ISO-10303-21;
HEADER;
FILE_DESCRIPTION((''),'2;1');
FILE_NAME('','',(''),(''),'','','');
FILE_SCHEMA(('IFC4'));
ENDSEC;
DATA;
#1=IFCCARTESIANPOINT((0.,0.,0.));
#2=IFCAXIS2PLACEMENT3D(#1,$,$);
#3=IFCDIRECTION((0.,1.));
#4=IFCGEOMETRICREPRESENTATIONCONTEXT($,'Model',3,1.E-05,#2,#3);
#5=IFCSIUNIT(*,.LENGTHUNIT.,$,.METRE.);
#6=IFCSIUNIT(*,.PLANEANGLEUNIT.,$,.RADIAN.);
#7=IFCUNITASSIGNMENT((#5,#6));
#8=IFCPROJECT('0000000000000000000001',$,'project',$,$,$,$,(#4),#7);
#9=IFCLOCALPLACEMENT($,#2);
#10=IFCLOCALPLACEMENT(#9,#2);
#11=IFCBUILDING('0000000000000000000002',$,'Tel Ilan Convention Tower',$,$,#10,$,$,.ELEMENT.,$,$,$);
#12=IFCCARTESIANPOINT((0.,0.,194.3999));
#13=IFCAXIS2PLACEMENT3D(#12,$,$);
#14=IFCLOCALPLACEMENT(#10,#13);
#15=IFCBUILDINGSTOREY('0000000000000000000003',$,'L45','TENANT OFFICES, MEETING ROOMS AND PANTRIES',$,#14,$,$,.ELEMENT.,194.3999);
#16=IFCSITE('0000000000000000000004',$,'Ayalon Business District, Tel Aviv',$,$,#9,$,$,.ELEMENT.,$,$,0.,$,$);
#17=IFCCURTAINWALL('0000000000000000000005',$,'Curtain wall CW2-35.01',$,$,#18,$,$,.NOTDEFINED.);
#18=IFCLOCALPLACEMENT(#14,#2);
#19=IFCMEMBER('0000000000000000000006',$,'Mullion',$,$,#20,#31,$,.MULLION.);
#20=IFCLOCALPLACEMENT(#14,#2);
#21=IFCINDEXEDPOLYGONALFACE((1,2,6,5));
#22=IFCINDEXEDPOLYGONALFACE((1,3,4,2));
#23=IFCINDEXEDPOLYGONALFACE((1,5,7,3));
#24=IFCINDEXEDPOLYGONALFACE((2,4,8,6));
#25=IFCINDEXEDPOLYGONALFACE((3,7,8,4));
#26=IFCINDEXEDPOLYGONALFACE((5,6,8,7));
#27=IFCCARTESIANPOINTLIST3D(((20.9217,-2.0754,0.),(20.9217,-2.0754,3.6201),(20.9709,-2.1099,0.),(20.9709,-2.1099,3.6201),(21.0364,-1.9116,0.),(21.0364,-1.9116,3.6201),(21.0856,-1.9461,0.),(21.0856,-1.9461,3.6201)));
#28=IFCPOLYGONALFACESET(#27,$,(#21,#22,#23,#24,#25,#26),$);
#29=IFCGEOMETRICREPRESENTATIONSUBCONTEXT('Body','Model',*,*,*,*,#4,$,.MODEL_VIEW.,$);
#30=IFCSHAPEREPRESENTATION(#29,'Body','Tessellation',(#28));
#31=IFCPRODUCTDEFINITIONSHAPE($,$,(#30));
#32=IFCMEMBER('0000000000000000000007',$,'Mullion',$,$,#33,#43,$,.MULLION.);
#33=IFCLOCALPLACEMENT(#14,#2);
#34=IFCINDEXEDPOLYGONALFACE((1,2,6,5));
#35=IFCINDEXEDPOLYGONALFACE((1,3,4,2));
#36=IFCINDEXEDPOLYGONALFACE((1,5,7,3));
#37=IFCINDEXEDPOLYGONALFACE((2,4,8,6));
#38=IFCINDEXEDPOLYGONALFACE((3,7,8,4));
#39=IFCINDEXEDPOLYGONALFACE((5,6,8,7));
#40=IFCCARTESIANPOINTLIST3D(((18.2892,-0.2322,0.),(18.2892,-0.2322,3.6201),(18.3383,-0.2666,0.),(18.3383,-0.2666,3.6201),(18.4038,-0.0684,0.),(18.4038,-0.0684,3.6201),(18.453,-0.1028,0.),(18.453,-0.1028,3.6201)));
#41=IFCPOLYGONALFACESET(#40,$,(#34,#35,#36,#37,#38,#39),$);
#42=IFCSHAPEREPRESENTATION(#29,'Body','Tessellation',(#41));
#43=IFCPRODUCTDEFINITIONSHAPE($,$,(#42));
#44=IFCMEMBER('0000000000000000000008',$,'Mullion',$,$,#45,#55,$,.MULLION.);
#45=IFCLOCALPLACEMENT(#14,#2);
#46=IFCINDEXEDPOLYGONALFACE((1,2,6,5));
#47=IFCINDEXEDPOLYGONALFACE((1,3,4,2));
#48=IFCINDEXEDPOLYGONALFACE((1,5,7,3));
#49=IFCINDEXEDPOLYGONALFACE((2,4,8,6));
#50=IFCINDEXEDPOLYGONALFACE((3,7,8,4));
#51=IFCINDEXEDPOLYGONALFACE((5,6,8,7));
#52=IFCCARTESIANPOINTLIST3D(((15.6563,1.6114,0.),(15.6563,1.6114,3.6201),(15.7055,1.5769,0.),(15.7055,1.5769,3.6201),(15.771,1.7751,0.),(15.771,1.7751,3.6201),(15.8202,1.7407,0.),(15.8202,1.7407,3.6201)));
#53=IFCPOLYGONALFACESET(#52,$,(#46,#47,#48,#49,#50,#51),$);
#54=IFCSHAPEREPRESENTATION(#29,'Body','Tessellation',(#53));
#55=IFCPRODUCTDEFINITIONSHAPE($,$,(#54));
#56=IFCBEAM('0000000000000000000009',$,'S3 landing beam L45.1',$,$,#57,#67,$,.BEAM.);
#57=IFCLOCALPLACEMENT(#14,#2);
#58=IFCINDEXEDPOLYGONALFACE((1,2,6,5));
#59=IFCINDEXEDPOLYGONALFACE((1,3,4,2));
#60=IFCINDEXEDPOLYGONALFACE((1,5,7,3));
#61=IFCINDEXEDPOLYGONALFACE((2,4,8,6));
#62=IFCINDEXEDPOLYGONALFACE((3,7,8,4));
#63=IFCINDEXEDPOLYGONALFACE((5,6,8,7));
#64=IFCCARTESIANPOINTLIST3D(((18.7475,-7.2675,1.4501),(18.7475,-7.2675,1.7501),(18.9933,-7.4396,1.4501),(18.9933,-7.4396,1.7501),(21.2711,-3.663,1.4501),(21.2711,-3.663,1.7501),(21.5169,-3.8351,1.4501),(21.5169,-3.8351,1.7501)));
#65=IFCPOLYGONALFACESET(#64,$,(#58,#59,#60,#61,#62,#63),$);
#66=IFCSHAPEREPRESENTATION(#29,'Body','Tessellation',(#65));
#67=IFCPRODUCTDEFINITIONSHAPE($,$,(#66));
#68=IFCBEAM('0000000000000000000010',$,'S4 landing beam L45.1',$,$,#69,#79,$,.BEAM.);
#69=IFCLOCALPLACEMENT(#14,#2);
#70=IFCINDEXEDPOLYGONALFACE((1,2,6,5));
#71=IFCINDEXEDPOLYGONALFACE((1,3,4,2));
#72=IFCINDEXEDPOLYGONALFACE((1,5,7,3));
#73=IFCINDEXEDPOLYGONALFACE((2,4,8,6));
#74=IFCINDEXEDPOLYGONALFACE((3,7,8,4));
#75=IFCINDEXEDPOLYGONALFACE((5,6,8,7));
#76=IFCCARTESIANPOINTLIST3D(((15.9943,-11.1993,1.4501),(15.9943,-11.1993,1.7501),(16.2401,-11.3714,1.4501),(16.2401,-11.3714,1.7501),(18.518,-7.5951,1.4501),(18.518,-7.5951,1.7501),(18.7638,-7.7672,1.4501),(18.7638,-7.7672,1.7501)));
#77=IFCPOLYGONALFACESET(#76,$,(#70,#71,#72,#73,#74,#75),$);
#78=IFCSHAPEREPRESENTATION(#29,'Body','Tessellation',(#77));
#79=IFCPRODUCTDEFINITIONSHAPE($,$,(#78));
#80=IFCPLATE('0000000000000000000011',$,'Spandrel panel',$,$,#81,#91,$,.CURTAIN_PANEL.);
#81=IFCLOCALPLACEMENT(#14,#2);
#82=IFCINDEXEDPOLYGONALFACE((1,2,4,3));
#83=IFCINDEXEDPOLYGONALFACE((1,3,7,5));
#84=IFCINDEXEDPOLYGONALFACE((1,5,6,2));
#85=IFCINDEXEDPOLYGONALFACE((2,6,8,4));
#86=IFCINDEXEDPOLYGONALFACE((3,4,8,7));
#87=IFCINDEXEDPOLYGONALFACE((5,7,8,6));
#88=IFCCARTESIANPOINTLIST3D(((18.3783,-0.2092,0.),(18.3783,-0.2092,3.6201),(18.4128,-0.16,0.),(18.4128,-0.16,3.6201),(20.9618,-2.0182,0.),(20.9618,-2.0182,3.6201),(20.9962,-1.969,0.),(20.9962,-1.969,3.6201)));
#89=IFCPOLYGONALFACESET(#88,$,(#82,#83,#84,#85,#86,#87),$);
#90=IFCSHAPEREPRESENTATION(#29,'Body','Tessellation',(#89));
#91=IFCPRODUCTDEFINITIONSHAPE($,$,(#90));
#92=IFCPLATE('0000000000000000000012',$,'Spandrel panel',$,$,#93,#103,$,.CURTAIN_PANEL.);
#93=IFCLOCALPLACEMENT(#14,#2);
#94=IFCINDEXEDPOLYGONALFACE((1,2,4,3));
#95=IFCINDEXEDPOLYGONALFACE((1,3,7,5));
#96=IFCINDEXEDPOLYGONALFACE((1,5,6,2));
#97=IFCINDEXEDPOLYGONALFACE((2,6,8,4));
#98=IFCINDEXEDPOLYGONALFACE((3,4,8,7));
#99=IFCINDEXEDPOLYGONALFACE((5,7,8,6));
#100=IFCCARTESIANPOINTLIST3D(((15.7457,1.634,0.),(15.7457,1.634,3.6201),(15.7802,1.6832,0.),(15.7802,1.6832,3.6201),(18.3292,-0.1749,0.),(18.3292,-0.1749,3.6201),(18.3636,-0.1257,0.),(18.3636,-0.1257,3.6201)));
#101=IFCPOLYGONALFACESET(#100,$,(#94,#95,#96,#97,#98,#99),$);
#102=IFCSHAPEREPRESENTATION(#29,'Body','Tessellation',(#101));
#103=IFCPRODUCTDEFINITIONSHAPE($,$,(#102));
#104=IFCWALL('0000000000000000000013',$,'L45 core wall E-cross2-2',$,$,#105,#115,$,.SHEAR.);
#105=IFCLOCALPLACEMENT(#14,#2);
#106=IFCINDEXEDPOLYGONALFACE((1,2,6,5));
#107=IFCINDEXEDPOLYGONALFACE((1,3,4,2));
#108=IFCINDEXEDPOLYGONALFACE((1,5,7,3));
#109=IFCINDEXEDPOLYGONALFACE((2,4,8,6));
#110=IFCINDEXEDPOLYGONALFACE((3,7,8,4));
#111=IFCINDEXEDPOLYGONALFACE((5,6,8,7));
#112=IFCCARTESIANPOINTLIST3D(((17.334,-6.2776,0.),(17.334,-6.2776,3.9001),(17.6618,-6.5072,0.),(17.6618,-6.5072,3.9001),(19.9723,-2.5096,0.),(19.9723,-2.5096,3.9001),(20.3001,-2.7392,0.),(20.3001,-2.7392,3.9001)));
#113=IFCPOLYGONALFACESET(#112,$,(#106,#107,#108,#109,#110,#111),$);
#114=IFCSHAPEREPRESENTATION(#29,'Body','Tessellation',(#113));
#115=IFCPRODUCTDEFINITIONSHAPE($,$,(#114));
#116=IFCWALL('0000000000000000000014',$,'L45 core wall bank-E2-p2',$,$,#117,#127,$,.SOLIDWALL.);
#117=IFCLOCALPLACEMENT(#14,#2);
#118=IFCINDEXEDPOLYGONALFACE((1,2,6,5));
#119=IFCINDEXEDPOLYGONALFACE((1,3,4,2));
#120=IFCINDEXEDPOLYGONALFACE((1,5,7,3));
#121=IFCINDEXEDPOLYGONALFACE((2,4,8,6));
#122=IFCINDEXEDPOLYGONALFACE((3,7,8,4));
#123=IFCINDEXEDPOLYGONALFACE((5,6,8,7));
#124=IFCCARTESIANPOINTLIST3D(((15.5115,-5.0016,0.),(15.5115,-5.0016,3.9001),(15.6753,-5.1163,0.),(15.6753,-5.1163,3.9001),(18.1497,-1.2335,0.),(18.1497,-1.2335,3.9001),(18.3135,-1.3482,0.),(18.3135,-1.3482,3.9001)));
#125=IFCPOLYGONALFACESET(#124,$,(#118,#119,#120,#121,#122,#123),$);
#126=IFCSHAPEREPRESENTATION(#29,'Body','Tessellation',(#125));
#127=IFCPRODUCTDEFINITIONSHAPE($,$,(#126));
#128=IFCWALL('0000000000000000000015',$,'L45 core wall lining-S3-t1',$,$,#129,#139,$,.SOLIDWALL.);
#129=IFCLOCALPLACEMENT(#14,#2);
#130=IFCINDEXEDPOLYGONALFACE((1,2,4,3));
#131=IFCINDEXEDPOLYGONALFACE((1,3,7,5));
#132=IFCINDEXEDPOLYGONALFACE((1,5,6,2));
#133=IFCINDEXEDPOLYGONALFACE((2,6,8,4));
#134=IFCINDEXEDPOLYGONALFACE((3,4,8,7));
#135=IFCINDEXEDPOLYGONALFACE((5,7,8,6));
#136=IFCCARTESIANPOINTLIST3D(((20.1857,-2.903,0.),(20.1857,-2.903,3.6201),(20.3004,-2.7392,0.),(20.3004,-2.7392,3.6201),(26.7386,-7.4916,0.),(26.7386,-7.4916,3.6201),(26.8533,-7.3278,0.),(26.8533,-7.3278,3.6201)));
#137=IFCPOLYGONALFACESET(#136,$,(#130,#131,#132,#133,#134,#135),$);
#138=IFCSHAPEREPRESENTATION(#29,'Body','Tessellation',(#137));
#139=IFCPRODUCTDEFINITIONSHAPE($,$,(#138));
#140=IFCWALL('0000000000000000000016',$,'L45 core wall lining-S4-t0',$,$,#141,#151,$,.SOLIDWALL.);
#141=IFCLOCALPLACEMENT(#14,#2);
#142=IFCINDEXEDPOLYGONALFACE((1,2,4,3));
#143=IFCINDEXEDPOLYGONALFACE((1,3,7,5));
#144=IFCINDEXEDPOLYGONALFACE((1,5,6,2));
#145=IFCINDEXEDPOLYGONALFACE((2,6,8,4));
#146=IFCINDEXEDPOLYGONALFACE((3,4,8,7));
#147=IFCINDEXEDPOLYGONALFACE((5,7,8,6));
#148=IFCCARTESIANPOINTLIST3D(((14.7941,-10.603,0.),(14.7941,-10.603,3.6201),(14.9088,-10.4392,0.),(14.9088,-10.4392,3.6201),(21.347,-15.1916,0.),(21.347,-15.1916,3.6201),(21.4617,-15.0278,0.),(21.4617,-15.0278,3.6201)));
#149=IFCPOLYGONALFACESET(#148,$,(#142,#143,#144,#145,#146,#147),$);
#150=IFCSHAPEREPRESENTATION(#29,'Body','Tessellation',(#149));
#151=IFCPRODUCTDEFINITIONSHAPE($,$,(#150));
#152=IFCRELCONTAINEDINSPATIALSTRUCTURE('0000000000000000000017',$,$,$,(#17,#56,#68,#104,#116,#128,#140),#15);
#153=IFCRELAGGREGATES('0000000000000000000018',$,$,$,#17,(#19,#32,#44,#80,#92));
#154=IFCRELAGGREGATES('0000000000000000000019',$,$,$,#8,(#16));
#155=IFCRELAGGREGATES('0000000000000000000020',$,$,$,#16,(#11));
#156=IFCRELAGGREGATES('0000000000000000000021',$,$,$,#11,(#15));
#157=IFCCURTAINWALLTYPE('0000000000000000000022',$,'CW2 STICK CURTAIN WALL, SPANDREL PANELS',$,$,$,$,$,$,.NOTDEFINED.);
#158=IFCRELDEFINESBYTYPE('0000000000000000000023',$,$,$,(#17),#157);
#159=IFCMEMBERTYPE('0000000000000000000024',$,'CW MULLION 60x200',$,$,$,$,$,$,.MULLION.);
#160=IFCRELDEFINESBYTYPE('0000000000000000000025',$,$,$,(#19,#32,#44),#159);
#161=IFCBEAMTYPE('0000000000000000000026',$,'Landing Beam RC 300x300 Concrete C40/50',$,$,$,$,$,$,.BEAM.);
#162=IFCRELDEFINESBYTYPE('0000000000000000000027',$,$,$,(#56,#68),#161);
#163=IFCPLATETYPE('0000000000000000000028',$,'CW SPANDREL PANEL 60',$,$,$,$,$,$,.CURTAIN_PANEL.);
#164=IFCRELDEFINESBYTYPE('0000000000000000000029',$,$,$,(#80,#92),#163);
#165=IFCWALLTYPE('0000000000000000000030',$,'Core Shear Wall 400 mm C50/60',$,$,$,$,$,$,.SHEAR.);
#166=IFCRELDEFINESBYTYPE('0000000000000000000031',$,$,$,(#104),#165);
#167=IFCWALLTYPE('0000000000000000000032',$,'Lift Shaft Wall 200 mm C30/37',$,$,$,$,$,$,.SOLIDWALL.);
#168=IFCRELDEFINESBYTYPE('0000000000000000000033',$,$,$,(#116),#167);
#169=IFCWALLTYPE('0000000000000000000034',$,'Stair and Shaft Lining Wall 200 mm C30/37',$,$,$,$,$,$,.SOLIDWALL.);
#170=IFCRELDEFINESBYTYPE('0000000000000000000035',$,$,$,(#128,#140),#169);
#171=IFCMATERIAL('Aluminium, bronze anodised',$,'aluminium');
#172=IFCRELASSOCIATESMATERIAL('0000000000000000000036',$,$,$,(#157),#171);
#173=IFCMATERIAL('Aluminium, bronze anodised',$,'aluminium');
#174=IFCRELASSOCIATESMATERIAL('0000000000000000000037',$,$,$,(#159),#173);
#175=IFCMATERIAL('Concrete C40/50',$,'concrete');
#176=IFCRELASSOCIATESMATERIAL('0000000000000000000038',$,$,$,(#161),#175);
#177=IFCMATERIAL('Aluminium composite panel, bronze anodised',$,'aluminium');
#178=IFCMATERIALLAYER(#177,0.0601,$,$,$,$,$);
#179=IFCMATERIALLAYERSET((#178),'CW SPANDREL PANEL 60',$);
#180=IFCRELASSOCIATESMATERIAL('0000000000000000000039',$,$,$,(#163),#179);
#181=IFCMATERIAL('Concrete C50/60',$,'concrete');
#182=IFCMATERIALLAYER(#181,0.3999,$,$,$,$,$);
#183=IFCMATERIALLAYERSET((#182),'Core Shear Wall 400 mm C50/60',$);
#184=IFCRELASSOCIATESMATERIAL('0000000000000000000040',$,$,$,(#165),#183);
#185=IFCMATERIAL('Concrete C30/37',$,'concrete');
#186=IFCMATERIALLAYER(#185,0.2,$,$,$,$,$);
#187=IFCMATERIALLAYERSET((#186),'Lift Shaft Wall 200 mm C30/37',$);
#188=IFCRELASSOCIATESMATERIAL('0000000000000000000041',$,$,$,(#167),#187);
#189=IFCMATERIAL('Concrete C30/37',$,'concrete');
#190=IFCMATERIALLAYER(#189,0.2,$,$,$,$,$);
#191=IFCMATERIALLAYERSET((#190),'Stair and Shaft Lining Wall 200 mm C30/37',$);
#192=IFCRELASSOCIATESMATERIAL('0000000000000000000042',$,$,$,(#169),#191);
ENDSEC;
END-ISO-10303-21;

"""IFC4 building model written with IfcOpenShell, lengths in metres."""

from ifc_helpers import new_model, si_unit, direction, frame, frame_2d, origin, origin_2d, place, context, subcontext, project, spatial, polyline, rectangle, outline, extrude, material, layer, layer_set, material_profile, profile_set, type_object, element, aggregate, save


model = new_model("IFC4")

# Units and contexts
model_context = context("Model", 3, precision=1e-05, world=origin(), true_north=direction((0.0, 1.0)))
body_context = subcontext(model_context, "Body", "Model", "MODEL_VIEW")
ifc_project = project(units=[si_unit("LENGTHUNIT", "METRE"), si_unit("PLANEANGLEUNIT", "RADIAN")], contexts=[model_context])

# Site, building, storey
site_placement = place(None, origin())
site = spatial("IfcSite", under=ifc_project, at=site_placement, Name="Ayalon Business District, Tel Aviv", CompositionType="ELEMENT", RefElevation=0.0)
building_placement = place(site_placement, origin())
building = spatial("IfcBuilding", under=site, at=building_placement, Name="Tel Ilan Convention Tower", CompositionType="ELEMENT")
storey_placement = place(building_placement, frame((0.0, 0.0, 194.3999)))
storey = spatial("IfcBuildingStorey", under=building, at=storey_placement, Name="L45", Description="TENANT OFFICES, MEETING ROOMS AND PANTRIES", CompositionType="ELEMENT", Elevation=194.3999)

# Curtain wall, members
ifc_material_1 = material(Name="Aluminium, bronze anodised", Category="aluminium")
curtain_wall_type = type_object("IfcCurtainWallType", Name="CW2 STICK CURTAIN WALL, SPANDREL PANELS", PredefinedType="NOTDEFINED", material=ifc_material_1)
curtain_wall_placement = place(storey_placement, origin())
curtain_wall = element("IfcCurtainWall", 1, at=curtain_wall_placement, inside=storey, type_object=curtain_wall_type, Name="Curtain wall CW2-35.01", PredefinedType="NOTDEFINED")
ifc_material_2 = material(Name="Aluminium, bronze anodised", Category="aluminium")
ifc_material_profile_1 = material_profile(ifc_material_2, rectangle(XDim=0.0601, YDim=0.2, at=origin_2d()), Name="CW MULLION 60x200")
ifc_profile_set_1 = profile_set([ifc_material_profile_1], Name="Aluminium, bronze anodised")
member_type = type_object("IfcMemberType", Name="CW MULLION 60x200", PredefinedType="MULLION", material=ifc_profile_set_1)
member_1_placement = place(storey_placement, frame((21.0037, -2.0107, 0.0), z_axis=(0.0, 0.0, 1.0), x_axis=(-0.819152, 0.573576, 0.0)))
member_1 = element("IfcMember", 2, at=member_1_placement, type_object=member_type, Name="Mullion", PredefinedType="MULLION", context=body_context, shape_type="SweptSolid", body=[
    extrude(rectangle(XDim=0.0601, YDim=0.2, at=origin_2d()), origin(), (0.0, 0.0, 1.0), 3.6201),
])
member_2_placement = place(storey_placement, frame((18.3711, -0.1675, 0.0), z_axis=(0.0, 0.0, 1.0), x_axis=(-0.819152, 0.573576, 0.0)))
member_2 = element("IfcMember", 3, at=member_2_placement, type_object=member_type, Name="Mullion", PredefinedType="MULLION", context=body_context, shape_type="SweptSolid", body=[
    extrude(rectangle(XDim=0.0601, YDim=0.2, at=origin_2d()), origin(), (0.0, 0.0, 1.0), 3.6201),
])
member_3_placement = place(storey_placement, frame((15.7383, 1.676, 0.0), z_axis=(0.0, 0.0, 1.0), x_axis=(-0.819152, 0.573576, 0.0)))
member_3 = element("IfcMember", 4, at=member_3_placement, type_object=member_type, Name="Mullion", PredefinedType="MULLION", context=body_context, shape_type="SweptSolid", body=[
    extrude(rectangle(XDim=0.0601, YDim=0.2, at=origin_2d()), origin(), (0.0, 0.0, 1.0), 3.6201),
])

# Beams
ifc_material_3 = material(Name="Concrete C40/50", Category="concrete")
ifc_material_profile_2 = material_profile(ifc_material_3, rectangle(XDim=0.3, YDim=0.3, at=origin_2d()), Name="RC 300x300")
ifc_profile_set_2 = profile_set([ifc_material_profile_2], Name="Concrete C40/50")
beam_type = type_object("IfcBeamType", Name="Landing Beam RC 300x300 Concrete C40/50", PredefinedType="BEAM", material=ifc_profile_set_2)
beam_1_placement = place(storey_placement, frame((21.394, -3.749, 1.6001), z_axis=(-0.573544, -0.819175, 0.0), x_axis=(0.819175, -0.573544, 0.0)))
element("IfcBeam", 5, at=beam_1_placement, inside=storey, type_object=beam_type, Name="S3 landing beam L45.1", PredefinedType="BEAM", context=body_context, shape_type="SweptSolid", body=[
    extrude(rectangle(XDim=0.3, YDim=0.3, at=origin_2d()), origin(), (0.0, 0.0, 1.0), 4.4001),
])
beam_2_placement = place(storey_placement, frame((18.6409, -7.6812, 1.6001), z_axis=(-0.57357, -0.819156, 0.0), x_axis=(0.819156, -0.57357, 0.0)))
element("IfcBeam", 6, at=beam_2_placement, inside=storey, type_object=beam_type, Name="S4 landing beam L45.1", PredefinedType="BEAM", context=body_context, shape_type="SweptSolid", body=[
    extrude(rectangle(XDim=0.3, YDim=0.3, at=origin_2d()), origin(), (0.0, 0.0, 1.0), 4.3999),
])

# Plates
ifc_material_4 = material(Name="Aluminium composite panel, bronze anodised", Category="aluminium")
ifc_layer_1 = layer(ifc_material_4, 0.0601)
ifc_layer_set_1 = layer_set([ifc_layer_1], Name="CW SPANDREL PANEL 60")
plate_type = type_object("IfcPlateType", Name="CW SPANDREL PANEL 60", PredefinedType="CURTAIN_PANEL", material=ifc_layer_set_1)
plate_1_placement = place(storey_placement, frame((19.6873, -1.0891, 0.0), z_axis=(0.0, 0.0, 1.0), x_axis=(-0.819152, 0.573576, 0.0)))
plate_1 = element("IfcPlate", 7, at=plate_1_placement, type_object=plate_type, Name="Spandrel panel", PredefinedType="CURTAIN_PANEL", context=body_context, shape_type="SweptSolid", body=[
    extrude(rectangle(XDim=3.1538, YDim=0.0601, at=origin_2d()), origin(), (0.0, 0.0, 1.0), 3.6201),
])
plate_2_placement = place(storey_placement, frame((17.0547, 0.7542, 0.0), z_axis=(0.0, 0.0, 1.0), x_axis=(-0.819152, 0.573576, 0.0)))
plate_2 = element("IfcPlate", 8, at=plate_2_placement, type_object=plate_type, Name="Spandrel panel", PredefinedType="CURTAIN_PANEL", context=body_context, shape_type="SweptSolid", body=[
    extrude(rectangle(XDim=3.1538, YDim=0.0601, at=origin_2d()), origin(), (0.0, 0.0, 1.0), 3.6201),
])
aggregate(curtain_wall, [member_1, member_2, member_3, plate_1, plate_2])

# Walls
ifc_material_5 = material(Name="Concrete C50/60", Category="concrete")
ifc_layer_2 = layer(ifc_material_5, 0.3999)
ifc_layer_set_2 = layer_set([ifc_layer_2], Name="Core Shear Wall 400 mm C50/60")
wall_type_1 = type_object("IfcWallType", Name="Core Shear Wall 400 mm C50/60", PredefinedType="SHEAR", material=ifc_layer_set_2)
wall_1_placement = place(storey_placement, frame((17.4978, -6.3923, 0.0), z_axis=(0.0, 0.0, 1.0), x_axis=(0.573612, 0.819127, 0.0)))
element("IfcWall", 9, at=wall_1_placement, inside=storey, type_object=wall_type_1, Name="L45 core wall E-cross2-2", PredefinedType="SHEAR", context=body_context, shape_type="SweptSolid", body=[
    extrude(outline(polyline([(4.5999, -0.2), (4.5999, 0.2002), (0.0, 0.2), (0.0, -0.2002), (4.5999, -0.2)])), origin(), (0.0, 0.0, 1.0), 3.9001),
])
ifc_material_6 = material(Name="Concrete C30/37", Category="concrete")
ifc_layer_3 = layer(ifc_material_6, 0.2)
ifc_layer_set_3 = layer_set([ifc_layer_3], Name="Lift Shaft Wall 200 mm C30/37")
wall_type_2 = type_object("IfcWallType", Name="Lift Shaft Wall 200 mm C30/37", PredefinedType="SOLIDWALL", material=ifc_layer_set_3)
wall_2_placement = place(storey_placement, frame((15.5935, -5.0588, 0.0), z_axis=(0.0, 0.0, 1.0), x_axis=(0.573541, 0.819177, 0.0)))
element("IfcWall", 10, at=wall_2_placement, inside=storey, type_object=wall_type_2, Name="L45 core wall bank-E2-p2", PredefinedType="SOLIDWALL", context=body_context, shape_type="SweptSolid", body=[
    extrude(rectangle(XDim=4.5999, YDim=0.2, at=frame_2d((2.2998, 0.0))), origin(), (0.0, 0.0, 1.0), 3.9001),
])
ifc_material_7 = material(Name="Concrete C30/37", Category="concrete")
ifc_layer_4 = layer(ifc_material_7, 0.2)
ifc_layer_set_4 = layer_set([ifc_layer_4], Name="Stair and Shaft Lining Wall 200 mm C30/37")
wall_type_3 = type_object("IfcWallType", Name="Stair and Shaft Lining Wall 200 mm C30/37", PredefinedType="SOLIDWALL", material=ifc_layer_set_4)
for number, where, z_axis, x_axis, name in (
    (11, (20.2429, -2.821, 0.0), (0.0, 0.0, 1.0), (0.819142, -0.573591, 0.0), "L45 core wall lining-S3-t1"),
    (12, (14.8513, -10.521, 0.0), (0.0, 0.0, 1.0), (0.819142, -0.573591, 0.0), "L45 core wall lining-S4-t0"),
):
    element("IfcWall", number, at=place(storey_placement, frame(where, z_axis=z_axis, x_axis=x_axis)), inside=storey, type_object=wall_type_3, Name=name, PredefinedType="SOLIDWALL", context=body_context, shape_type="SweptSolid", body=[
        extrude(rectangle(XDim=7.9998, YDim=0.2, at=frame_2d((4.0, 0.0))), origin(), (0.0, 0.0, 1.0), 3.6201),
    ])

save(model, "model.ifc")
